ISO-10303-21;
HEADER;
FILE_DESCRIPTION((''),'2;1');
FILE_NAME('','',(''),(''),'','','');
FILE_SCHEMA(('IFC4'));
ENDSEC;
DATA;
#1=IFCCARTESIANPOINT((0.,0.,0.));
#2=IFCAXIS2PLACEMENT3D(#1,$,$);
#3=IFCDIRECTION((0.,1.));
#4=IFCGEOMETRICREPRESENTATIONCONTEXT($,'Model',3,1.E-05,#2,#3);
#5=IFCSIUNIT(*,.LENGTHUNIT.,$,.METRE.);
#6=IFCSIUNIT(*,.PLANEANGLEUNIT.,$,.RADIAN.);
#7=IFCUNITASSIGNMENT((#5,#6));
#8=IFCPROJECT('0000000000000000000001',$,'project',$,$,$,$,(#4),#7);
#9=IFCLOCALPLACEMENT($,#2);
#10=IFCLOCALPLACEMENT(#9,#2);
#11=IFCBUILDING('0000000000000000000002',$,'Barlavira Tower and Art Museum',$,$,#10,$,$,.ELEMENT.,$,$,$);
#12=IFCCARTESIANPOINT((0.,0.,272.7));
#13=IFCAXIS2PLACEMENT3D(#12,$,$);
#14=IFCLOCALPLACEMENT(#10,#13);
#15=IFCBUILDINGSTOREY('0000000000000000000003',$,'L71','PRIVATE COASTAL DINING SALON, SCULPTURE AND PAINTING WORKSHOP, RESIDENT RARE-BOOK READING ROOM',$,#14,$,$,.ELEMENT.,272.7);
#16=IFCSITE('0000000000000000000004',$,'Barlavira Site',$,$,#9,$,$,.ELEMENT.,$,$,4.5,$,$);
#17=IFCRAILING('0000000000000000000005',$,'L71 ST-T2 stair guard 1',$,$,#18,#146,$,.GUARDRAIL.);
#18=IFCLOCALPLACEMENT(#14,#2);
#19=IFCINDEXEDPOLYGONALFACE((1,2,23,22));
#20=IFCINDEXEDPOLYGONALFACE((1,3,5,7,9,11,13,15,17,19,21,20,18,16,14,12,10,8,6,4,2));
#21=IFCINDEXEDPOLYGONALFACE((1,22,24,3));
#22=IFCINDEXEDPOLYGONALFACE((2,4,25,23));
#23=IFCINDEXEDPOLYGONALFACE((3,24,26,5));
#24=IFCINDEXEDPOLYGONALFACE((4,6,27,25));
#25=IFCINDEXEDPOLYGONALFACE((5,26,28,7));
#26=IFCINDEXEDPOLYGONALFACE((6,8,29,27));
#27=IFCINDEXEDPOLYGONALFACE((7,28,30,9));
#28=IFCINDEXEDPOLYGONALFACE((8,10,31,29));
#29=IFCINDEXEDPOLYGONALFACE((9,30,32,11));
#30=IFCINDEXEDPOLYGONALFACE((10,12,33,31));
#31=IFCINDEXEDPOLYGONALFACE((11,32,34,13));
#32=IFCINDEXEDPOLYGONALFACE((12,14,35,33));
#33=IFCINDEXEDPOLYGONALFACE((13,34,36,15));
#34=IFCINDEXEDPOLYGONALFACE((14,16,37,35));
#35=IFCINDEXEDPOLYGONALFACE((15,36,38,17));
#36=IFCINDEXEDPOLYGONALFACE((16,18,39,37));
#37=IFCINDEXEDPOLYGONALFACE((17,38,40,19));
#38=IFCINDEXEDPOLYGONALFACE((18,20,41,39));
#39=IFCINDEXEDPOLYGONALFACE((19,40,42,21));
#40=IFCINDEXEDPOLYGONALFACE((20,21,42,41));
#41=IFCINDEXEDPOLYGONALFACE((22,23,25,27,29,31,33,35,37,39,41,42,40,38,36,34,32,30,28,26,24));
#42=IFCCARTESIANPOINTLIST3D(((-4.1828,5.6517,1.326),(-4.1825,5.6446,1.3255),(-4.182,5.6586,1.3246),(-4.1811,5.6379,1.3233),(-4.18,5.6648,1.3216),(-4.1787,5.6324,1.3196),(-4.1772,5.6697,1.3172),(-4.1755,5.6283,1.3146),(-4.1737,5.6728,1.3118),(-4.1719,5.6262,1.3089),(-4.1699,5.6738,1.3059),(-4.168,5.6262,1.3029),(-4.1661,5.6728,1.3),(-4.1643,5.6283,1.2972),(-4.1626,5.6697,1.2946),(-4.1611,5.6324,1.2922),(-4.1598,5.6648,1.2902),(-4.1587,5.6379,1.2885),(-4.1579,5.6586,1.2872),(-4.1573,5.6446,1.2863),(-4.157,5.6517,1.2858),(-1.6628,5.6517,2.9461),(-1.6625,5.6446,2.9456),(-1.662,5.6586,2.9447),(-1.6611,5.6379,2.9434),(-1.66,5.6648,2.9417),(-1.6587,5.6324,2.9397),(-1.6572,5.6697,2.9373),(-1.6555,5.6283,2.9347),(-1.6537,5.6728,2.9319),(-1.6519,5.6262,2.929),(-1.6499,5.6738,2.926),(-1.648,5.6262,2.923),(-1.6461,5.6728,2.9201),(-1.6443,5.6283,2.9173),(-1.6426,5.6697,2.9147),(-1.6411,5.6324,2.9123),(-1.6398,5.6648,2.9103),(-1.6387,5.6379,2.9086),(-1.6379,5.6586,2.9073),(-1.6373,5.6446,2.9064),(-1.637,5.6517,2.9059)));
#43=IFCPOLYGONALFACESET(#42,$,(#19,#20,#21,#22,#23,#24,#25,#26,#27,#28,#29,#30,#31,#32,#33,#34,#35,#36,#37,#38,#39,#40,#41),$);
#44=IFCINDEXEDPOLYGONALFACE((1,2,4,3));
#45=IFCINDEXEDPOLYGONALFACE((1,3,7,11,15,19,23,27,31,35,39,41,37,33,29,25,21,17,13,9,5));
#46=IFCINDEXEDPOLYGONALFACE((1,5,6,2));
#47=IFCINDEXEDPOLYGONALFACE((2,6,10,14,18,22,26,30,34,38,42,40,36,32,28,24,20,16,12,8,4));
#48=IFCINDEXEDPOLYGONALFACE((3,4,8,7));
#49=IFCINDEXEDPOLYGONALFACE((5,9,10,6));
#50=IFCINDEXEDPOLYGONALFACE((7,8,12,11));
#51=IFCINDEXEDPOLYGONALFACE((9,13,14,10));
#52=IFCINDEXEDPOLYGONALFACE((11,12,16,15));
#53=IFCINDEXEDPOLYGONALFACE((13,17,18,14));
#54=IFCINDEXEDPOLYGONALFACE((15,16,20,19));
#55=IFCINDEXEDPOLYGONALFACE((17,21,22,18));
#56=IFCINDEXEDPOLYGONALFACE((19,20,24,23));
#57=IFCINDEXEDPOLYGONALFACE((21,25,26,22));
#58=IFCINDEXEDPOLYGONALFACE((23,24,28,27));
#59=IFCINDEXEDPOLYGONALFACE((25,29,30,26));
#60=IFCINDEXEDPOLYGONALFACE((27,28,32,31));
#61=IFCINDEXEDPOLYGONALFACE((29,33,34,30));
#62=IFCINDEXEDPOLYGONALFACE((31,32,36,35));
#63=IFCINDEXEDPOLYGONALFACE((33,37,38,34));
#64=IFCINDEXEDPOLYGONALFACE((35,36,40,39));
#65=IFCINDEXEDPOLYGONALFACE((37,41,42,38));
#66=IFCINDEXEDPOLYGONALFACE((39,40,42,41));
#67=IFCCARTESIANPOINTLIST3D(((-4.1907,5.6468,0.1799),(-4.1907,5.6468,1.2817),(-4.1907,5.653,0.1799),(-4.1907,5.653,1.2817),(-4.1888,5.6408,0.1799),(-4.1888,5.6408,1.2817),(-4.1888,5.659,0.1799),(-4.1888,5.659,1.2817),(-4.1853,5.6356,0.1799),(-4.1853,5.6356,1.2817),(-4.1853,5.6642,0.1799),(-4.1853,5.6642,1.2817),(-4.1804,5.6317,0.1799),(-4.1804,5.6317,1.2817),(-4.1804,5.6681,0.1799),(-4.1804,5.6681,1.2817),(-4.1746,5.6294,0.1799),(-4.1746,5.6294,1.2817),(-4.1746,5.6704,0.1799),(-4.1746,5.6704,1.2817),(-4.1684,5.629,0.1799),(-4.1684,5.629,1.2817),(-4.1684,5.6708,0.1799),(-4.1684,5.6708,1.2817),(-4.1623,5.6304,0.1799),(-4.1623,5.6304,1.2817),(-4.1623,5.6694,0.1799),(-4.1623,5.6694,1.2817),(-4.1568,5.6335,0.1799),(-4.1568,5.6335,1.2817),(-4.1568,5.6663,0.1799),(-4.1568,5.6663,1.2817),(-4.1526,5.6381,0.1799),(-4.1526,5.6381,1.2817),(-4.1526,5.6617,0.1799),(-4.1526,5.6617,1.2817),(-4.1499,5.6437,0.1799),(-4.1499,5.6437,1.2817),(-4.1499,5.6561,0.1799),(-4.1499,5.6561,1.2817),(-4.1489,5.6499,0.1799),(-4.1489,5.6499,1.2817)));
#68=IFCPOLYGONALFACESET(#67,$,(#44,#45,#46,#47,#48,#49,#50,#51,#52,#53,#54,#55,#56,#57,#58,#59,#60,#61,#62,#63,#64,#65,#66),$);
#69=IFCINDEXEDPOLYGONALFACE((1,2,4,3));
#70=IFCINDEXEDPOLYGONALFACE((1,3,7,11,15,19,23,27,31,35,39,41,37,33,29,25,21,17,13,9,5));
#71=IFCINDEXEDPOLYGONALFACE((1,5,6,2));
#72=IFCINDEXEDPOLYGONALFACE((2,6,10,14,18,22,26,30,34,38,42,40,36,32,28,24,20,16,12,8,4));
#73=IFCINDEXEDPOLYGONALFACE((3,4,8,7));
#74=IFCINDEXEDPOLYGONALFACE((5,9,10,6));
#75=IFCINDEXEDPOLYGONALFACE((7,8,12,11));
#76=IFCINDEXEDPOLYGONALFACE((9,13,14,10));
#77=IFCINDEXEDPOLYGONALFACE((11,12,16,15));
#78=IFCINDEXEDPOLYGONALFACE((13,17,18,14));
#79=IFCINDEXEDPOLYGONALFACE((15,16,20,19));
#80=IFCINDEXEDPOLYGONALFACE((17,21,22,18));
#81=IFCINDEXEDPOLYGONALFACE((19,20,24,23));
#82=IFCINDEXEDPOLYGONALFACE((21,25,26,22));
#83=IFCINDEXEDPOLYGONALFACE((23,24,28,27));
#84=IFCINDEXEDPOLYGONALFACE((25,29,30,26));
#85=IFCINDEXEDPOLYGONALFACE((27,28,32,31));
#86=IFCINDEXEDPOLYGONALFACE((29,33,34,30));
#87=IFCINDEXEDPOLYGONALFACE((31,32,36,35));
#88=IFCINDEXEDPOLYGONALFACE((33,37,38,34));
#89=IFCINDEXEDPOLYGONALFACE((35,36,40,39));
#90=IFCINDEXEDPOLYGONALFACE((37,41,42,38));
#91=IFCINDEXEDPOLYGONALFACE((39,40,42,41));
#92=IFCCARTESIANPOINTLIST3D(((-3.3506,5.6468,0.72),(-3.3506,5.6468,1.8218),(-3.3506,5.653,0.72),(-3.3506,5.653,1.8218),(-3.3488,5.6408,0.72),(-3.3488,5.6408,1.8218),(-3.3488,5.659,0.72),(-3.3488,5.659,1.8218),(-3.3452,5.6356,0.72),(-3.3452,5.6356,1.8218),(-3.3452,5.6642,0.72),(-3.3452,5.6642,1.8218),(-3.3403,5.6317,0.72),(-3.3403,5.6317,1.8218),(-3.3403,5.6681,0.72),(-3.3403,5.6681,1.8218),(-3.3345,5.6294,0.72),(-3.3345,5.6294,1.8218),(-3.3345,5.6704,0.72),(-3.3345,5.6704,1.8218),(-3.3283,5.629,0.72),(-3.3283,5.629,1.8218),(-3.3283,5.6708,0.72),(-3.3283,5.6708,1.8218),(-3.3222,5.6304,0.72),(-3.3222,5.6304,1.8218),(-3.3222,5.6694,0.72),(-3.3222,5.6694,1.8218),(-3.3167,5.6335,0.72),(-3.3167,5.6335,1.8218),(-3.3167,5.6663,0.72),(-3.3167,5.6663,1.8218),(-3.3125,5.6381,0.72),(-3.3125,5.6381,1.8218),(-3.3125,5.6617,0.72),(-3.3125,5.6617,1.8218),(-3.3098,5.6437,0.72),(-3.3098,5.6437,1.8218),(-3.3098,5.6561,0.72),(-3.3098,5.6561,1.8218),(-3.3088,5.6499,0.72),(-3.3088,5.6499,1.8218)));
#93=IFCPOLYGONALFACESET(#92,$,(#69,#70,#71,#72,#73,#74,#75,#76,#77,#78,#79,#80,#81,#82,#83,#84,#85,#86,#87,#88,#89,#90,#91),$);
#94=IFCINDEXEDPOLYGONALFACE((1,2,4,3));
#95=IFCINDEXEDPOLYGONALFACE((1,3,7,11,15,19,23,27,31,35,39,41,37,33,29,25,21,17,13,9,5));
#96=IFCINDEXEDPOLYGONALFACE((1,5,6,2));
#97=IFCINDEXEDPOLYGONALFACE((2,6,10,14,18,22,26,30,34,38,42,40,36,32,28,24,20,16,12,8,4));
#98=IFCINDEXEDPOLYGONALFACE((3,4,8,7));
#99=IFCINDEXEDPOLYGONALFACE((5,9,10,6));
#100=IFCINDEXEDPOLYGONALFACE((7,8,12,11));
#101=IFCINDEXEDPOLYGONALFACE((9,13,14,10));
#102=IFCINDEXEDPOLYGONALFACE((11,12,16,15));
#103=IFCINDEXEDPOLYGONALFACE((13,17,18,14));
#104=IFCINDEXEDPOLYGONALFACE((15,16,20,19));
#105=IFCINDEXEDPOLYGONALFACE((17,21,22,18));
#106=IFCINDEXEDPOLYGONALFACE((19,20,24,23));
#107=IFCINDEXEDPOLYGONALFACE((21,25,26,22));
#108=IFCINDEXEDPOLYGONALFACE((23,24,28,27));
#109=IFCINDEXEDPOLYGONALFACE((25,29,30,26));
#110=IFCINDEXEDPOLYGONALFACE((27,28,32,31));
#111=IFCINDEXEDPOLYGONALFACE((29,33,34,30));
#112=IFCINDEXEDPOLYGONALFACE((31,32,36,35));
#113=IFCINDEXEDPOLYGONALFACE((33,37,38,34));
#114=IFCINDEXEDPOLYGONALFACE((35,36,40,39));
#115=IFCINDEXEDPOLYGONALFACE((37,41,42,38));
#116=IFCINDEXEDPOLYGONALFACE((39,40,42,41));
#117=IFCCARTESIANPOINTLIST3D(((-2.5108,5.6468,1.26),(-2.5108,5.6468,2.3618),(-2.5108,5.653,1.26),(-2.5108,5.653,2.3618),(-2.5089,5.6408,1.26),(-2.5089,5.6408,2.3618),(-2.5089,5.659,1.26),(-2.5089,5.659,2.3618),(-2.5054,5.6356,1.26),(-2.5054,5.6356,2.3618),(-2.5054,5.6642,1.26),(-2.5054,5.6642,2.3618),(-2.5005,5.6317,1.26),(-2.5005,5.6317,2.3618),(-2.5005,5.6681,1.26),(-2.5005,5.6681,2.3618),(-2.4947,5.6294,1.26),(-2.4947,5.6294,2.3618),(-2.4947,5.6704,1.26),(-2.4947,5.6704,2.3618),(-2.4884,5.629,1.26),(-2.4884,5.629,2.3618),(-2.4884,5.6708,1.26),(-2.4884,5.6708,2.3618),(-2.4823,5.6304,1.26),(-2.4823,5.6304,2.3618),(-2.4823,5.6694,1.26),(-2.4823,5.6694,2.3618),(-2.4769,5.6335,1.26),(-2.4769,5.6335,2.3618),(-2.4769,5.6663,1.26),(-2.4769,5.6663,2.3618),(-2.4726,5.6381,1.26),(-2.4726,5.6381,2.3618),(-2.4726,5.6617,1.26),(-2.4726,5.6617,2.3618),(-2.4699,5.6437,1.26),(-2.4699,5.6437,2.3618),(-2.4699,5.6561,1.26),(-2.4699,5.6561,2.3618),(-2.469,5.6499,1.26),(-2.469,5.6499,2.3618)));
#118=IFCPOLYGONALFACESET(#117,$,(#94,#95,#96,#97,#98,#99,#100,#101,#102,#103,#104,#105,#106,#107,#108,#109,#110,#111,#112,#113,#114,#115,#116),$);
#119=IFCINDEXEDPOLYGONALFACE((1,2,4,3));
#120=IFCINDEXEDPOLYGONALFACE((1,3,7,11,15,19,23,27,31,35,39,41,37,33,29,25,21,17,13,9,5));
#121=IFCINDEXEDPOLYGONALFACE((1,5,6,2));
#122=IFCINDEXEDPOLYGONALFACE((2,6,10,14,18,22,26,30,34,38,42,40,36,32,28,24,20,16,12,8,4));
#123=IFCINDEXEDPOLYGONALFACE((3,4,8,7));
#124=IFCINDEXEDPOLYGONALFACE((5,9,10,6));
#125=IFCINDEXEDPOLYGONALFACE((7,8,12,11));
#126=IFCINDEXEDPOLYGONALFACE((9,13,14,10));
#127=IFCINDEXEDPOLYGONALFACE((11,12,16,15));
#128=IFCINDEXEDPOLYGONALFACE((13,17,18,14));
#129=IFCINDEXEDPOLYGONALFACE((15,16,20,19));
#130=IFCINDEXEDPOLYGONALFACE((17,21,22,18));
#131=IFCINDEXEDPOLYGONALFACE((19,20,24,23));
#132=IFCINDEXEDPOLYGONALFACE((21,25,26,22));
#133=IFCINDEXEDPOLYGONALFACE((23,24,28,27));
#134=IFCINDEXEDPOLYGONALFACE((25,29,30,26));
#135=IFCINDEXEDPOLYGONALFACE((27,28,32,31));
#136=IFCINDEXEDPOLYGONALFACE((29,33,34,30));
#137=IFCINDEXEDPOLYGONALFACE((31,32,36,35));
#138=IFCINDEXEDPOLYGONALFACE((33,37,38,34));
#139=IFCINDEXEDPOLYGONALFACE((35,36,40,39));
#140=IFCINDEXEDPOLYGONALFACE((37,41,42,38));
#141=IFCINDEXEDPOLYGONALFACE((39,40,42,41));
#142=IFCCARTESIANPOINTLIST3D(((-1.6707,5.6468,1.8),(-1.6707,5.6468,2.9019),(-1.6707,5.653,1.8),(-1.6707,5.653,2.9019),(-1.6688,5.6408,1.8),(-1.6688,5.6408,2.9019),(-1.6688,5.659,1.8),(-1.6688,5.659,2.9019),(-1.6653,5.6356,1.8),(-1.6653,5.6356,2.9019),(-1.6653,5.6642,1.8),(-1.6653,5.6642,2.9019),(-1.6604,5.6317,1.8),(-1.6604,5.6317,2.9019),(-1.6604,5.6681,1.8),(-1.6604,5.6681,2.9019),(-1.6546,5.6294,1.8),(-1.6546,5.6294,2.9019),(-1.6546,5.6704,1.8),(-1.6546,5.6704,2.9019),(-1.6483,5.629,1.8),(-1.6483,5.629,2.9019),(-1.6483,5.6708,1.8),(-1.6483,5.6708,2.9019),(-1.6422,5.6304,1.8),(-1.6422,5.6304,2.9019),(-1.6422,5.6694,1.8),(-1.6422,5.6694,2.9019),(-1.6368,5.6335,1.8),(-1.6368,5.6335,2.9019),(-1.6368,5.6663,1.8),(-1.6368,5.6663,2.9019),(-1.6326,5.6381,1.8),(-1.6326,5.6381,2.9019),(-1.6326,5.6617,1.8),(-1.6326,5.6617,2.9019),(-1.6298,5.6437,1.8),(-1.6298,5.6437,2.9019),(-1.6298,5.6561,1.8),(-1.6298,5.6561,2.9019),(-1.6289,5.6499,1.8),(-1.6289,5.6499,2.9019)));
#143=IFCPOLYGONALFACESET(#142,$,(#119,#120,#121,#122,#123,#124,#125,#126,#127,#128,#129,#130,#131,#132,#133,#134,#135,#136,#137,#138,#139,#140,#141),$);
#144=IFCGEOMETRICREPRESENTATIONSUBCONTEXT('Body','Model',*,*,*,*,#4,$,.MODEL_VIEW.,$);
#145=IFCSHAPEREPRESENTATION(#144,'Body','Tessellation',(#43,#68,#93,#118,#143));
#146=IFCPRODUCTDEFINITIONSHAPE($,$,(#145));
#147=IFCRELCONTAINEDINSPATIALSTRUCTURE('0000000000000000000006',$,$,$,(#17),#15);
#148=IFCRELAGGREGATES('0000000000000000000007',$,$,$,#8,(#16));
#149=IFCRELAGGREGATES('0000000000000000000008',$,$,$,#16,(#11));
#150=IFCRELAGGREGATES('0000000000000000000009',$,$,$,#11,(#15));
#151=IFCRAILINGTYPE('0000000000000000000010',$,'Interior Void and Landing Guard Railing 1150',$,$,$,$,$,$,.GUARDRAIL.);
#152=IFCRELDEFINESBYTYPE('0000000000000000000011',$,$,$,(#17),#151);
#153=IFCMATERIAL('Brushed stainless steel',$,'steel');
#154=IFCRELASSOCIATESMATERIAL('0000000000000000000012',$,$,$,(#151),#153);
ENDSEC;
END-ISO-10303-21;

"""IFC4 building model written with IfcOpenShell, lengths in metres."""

from ifc_helpers import new_model, si_unit, direction, frame, origin, origin_2d, place, context, subcontext, project, spatial, circle, extrude, material, type_object, element, save


model = new_model("IFC4")

# Units and contexts
model_context = context("Model", 3, precision=1e-05, world=origin(), true_north=direction((0.0, 1.0)))
body_context = subcontext(model_context, "Body", "Model", "MODEL_VIEW")
ifc_project = project(units=[si_unit("LENGTHUNIT", "METRE"), si_unit("PLANEANGLEUNIT", "RADIAN")], contexts=[model_context])

# Site, building, storey
site_placement = place(None, origin())
site = spatial("IfcSite", under=ifc_project, at=site_placement, Name="Barlavira Site", CompositionType="ELEMENT", RefElevation=4.5)
building_placement = place(site_placement, origin())
building = spatial("IfcBuilding", under=site, at=building_placement, Name="Barlavira Tower and Art Museum", CompositionType="ELEMENT")
storey_placement = place(building_placement, frame((0.0, 0.0, 272.7)))
storey = spatial("IfcBuildingStorey", under=building, at=storey_placement, Name="L71", Description="PRIVATE COASTAL DINING SALON, SCULPTURE AND PAINTING WORKSHOP, RESIDENT RARE-BOOK READING ROOM", CompositionType="ELEMENT", Elevation=272.7)

# Shared definitions
ifc_material_1 = material(Name="Brushed stainless steel", Category="steel")

# Railing
railing_type_1 = type_object("IfcRailingType", Name="Interior Void and Landing Guard Railing 1150", PredefinedType="GUARDRAIL", material=ifc_material_1)
railing_1_placement = place(storey_placement, frame((-4.1699, 5.6499, 0.1799)))
element("IfcRailing", 1, at=railing_1_placement, inside=storey, type_object=railing_type_1, Name="L71 ST-T2 stair guard 1", PredefinedType="GUARDRAIL", context=body_context, shape_type="SweptSolid", body=[
    extrude(circle(Radius=0.0239, at=origin_2d()), frame((0.0, 0.0, 1.126), z_axis=(0.841163, 0.0, 0.540782), x_axis=(0.0, 1.0, 0.0)), (0.0, 0.0, 1.0), 2.9958),
    extrude(circle(Radius=0.021, at=origin_2d()), origin(), (0.0, 0.0, 1.0), 1.1018),
    extrude(circle(Radius=0.021, at=origin_2d()), frame((0.8401, 0.0, 0.54)), (0.0, 0.0, 1.0), 1.1018),
    extrude(circle(Radius=0.021, at=origin_2d()), frame((1.6799, 0.0, 1.0801)), (0.0, 0.0, 1.0), 1.1018),
    extrude(circle(Radius=0.021, at=origin_2d()), frame((2.52, 0.0, 1.6201)), (0.0, 0.0, 1.0), 1.1018),
])

save(model, "model.ifc")
